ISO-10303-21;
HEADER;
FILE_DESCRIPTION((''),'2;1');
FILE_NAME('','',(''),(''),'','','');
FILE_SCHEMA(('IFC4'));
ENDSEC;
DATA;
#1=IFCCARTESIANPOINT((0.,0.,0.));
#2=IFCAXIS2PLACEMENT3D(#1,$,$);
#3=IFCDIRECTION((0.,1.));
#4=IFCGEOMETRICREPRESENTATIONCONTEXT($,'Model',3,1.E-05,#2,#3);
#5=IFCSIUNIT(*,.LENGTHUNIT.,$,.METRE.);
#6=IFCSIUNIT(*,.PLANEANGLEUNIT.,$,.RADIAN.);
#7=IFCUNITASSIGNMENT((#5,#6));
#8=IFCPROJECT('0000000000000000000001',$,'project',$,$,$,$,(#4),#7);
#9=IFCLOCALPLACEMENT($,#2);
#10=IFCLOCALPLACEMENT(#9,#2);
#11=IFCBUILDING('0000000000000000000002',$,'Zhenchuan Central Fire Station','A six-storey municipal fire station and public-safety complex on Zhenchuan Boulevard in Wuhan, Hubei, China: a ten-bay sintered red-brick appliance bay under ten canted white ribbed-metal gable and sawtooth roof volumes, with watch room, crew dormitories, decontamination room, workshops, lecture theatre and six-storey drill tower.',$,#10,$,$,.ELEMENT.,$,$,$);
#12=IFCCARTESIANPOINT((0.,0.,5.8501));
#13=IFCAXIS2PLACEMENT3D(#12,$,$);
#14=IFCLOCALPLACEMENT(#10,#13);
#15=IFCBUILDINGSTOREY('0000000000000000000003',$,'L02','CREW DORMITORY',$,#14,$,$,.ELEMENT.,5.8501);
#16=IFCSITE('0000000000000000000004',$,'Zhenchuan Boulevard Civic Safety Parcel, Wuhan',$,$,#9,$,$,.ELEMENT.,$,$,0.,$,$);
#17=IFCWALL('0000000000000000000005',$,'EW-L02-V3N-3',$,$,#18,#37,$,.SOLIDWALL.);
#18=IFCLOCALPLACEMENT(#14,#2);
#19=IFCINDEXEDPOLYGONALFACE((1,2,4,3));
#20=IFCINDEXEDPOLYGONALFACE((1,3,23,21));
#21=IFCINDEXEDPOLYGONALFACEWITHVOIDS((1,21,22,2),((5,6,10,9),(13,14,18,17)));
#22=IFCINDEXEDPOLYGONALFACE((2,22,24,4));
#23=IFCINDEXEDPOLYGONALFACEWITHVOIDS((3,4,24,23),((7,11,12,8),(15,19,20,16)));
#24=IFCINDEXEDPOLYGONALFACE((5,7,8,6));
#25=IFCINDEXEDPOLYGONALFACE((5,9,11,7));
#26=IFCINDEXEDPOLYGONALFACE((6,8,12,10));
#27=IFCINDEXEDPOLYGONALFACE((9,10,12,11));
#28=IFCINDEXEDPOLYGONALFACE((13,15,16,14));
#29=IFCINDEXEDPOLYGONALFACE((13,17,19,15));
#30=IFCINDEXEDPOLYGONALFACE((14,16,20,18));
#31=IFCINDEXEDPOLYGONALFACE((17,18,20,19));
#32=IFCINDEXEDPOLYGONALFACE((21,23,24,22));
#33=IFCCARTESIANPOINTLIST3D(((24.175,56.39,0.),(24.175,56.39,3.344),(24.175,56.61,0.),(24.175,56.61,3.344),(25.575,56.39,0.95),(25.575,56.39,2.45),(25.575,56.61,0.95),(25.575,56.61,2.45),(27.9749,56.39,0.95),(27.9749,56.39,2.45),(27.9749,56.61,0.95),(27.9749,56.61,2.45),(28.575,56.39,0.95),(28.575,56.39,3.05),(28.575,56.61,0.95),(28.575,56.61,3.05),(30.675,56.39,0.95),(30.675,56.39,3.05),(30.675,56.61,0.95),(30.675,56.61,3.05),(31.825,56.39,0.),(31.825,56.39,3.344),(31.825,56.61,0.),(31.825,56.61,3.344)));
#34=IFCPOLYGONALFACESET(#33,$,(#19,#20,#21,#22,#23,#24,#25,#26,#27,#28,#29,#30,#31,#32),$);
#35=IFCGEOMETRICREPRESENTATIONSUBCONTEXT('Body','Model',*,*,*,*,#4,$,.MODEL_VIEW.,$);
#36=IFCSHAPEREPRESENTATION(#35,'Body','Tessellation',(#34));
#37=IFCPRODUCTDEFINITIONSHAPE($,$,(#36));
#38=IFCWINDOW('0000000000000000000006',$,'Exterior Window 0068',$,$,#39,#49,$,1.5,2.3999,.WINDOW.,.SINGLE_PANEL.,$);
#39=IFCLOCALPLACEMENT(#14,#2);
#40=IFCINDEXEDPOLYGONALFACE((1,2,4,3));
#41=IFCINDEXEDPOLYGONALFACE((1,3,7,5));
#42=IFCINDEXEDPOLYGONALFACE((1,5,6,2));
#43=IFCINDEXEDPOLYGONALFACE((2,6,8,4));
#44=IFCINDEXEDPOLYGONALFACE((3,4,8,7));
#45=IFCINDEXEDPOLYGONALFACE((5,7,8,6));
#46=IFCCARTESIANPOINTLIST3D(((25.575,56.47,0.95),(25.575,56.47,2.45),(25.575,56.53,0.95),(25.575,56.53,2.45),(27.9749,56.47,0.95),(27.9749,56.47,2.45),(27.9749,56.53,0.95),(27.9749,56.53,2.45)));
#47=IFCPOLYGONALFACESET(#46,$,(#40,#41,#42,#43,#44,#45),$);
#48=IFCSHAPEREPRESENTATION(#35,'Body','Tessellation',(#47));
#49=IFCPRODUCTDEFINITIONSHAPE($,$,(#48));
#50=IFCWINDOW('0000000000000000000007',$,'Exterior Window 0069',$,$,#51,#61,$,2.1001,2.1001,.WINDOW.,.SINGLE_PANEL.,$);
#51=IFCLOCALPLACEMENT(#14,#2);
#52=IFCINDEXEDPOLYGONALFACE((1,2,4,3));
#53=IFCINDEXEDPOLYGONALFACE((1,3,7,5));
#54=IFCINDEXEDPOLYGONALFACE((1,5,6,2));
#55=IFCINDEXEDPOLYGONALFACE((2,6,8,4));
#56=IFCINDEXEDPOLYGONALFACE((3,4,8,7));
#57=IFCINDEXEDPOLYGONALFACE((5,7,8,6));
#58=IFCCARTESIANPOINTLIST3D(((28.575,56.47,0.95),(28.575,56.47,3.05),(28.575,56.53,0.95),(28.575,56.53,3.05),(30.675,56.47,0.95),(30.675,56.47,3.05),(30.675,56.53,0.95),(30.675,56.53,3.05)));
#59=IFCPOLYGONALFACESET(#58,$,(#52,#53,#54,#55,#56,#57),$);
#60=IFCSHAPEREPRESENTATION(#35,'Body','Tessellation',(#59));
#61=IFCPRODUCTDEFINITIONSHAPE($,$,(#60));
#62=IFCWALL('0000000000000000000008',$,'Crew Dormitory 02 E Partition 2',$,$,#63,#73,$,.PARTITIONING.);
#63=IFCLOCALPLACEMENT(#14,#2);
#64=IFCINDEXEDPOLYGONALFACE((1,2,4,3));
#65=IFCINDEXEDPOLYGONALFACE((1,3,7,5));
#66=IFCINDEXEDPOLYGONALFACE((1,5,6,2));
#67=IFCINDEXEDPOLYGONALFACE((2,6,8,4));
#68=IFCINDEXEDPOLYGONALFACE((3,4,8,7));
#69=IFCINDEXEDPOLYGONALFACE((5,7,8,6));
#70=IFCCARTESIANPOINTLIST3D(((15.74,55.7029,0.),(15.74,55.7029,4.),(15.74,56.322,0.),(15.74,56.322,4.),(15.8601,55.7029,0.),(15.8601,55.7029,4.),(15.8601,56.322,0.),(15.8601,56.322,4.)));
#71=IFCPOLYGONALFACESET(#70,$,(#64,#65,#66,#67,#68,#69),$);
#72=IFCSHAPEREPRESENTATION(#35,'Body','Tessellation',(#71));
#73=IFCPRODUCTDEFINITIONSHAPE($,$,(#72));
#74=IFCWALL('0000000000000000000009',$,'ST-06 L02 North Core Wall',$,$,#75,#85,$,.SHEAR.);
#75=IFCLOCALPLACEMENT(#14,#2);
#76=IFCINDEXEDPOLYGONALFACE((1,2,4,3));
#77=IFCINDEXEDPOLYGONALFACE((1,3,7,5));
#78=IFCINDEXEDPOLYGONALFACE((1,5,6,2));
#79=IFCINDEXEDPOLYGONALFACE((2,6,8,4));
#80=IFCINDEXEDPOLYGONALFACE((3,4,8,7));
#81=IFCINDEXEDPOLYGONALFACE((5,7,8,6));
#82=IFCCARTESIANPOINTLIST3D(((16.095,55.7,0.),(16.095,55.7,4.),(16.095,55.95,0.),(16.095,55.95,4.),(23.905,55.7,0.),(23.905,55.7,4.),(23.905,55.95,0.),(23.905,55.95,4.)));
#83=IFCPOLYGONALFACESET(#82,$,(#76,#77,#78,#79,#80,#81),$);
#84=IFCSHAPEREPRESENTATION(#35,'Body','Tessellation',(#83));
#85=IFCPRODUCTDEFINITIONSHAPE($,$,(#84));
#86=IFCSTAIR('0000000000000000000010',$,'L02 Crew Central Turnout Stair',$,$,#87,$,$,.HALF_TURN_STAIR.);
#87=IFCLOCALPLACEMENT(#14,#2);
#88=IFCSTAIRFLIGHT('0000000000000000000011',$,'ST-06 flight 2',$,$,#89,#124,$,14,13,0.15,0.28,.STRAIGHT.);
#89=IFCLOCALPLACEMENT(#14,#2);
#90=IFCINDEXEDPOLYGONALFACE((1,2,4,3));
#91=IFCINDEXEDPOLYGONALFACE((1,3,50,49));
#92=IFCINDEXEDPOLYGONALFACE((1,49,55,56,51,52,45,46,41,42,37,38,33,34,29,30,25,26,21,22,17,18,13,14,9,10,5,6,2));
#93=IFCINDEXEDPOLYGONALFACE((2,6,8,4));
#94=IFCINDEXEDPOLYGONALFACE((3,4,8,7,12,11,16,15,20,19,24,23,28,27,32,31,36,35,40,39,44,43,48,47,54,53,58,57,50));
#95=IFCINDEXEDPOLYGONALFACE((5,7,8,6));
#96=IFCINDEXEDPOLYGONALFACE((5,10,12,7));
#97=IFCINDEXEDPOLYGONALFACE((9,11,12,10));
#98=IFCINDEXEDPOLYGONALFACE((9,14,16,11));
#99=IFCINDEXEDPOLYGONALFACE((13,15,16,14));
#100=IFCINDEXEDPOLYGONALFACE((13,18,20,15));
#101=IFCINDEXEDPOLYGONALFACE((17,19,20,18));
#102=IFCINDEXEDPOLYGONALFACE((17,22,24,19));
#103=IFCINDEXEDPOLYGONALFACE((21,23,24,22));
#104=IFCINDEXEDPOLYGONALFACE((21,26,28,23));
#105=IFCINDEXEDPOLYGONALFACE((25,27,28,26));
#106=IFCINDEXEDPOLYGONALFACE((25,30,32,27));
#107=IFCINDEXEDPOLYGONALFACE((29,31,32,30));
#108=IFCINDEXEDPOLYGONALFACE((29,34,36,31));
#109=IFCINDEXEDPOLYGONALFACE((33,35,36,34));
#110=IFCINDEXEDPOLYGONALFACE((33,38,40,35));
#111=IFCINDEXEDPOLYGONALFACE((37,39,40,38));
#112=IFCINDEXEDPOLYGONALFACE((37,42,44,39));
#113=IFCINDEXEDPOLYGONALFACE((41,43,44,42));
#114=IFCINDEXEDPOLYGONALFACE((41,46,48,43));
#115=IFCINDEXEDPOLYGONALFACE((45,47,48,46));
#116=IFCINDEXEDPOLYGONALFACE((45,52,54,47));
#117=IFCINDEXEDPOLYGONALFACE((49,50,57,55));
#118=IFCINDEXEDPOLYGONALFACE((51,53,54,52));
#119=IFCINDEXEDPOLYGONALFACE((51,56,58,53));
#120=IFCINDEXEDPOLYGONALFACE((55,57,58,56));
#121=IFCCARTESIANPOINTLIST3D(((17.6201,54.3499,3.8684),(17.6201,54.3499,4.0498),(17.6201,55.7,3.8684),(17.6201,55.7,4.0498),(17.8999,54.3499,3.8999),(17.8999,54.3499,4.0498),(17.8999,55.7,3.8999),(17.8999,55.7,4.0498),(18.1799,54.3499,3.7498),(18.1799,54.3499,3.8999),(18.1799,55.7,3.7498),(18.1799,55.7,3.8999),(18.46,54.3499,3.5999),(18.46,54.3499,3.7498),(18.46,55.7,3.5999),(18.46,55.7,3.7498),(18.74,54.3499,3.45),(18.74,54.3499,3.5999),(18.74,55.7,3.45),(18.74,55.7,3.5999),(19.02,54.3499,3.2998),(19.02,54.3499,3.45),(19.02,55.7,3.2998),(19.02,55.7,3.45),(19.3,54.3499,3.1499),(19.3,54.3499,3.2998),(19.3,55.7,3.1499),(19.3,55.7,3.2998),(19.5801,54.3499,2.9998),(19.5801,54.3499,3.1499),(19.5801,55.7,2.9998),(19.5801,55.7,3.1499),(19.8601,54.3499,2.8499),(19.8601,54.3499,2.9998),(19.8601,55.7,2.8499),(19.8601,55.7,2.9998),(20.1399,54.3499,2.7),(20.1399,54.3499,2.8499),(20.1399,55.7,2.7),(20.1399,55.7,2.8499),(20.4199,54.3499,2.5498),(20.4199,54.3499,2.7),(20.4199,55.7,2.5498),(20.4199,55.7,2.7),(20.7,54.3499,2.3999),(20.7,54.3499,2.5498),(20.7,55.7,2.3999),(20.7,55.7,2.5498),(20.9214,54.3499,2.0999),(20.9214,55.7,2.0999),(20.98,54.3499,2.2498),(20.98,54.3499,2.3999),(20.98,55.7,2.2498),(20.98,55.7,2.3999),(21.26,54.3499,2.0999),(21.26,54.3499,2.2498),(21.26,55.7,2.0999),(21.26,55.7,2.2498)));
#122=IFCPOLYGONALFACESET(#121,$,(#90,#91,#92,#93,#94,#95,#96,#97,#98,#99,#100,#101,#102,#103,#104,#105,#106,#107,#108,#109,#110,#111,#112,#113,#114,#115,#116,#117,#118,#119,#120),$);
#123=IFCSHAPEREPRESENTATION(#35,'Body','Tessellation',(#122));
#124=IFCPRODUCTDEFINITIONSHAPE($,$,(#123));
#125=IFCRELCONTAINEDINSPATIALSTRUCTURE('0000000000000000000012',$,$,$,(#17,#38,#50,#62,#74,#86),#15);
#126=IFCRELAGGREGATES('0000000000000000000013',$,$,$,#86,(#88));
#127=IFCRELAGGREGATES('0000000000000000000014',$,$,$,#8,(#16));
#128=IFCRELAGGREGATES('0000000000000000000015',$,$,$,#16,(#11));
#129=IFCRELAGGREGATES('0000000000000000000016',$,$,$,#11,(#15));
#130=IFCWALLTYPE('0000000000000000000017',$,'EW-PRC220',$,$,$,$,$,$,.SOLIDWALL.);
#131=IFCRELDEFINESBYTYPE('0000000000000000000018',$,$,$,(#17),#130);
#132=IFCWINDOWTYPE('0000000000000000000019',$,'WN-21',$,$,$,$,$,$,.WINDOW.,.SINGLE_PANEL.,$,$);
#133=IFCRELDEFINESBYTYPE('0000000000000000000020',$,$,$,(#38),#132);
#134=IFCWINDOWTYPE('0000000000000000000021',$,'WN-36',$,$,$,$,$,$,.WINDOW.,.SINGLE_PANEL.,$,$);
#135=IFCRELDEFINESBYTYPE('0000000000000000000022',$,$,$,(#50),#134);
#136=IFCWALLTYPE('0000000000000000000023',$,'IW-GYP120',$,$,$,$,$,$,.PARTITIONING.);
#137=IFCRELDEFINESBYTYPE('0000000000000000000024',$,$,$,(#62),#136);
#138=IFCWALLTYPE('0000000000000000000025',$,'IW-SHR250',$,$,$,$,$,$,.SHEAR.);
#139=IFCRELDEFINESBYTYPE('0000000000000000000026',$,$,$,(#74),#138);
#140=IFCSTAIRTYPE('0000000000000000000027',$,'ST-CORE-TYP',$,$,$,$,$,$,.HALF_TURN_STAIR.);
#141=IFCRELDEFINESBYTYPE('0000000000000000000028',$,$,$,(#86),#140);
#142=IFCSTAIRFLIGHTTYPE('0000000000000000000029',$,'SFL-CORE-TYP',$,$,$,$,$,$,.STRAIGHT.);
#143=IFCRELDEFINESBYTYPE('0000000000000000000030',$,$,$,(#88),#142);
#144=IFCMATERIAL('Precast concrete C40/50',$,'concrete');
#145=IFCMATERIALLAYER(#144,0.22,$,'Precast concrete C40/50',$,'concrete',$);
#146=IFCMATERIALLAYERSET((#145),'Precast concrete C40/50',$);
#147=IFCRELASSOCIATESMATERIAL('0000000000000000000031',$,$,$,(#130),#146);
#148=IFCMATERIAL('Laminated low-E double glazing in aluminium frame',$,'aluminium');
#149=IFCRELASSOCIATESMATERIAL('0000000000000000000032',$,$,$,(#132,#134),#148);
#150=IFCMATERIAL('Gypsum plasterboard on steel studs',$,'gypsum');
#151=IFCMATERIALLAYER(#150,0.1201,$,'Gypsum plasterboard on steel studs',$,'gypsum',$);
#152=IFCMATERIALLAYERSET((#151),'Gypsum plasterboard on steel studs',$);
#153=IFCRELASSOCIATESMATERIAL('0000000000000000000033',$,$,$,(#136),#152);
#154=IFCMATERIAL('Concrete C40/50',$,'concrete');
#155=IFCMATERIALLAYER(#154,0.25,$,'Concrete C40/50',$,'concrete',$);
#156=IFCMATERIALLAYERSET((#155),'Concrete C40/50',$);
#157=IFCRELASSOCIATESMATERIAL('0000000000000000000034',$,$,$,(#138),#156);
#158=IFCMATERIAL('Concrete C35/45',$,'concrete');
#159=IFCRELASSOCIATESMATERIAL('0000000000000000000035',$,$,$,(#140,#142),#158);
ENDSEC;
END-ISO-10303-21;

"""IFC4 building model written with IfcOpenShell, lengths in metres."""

from ifc_helpers import new_model, si_unit, direction, frame, frame_2d, origin, place, context, subcontext, project, spatial, polyline, rectangle, outline, extrude, material, layer, layer_set, type_object, element, fill, aggregate, save


model = new_model("IFC4")

# Units and contexts
model_context = context("Model", 3, precision=1e-05, world=origin(), true_north=direction((0.0, 1.0)))
body_context = subcontext(model_context, "Body", "Model", "MODEL_VIEW")
ifc_project = project(units=[si_unit("LENGTHUNIT", "METRE"), si_unit("PLANEANGLEUNIT", "RADIAN")], contexts=[model_context])

# Site, building, storey
site_placement = place(None, origin())
site = spatial("IfcSite", under=ifc_project, at=site_placement, Name="Zhenchuan Boulevard Civic Safety Parcel, Wuhan", CompositionType="ELEMENT", RefElevation=0.0)
building_placement = place(site_placement, origin())
building = spatial("IfcBuilding", under=site, at=building_placement, Name="Zhenchuan Central Fire Station", Description="A six-storey municipal fire station and public-safety complex on Zhenchuan Boulevard in Wuhan, Hubei, China: a ten-bay sintered red-brick appliance bay under ten canted white ribbed-metal gable and sawtooth roof volumes, with watch room, crew dormitories, decontamination room, workshops, lecture theatre and six-storey drill tower.", CompositionType="ELEMENT")
storey_placement = place(building_placement, frame((0.0, 0.0, 5.8501)))
storey = spatial("IfcBuildingStorey", under=building, at=storey_placement, Name="L02", Description="CREW DORMITORY", CompositionType="ELEMENT", Elevation=5.8501)

# Wall, openings, windows
ifc_material_1 = material(Name="Precast concrete C40/50", Category="concrete")
ifc_layer_1 = layer(ifc_material_1, 0.22, Name="Precast concrete C40/50", Category="concrete")
ifc_layer_set_1 = layer_set([ifc_layer_1], Name="Precast concrete C40/50")
wall_type_1 = type_object("IfcWallType", Name="EW-PRC220", PredefinedType="SOLIDWALL", material=ifc_layer_set_1)
ifc_material_2 = material(Name="Laminated low-E double glazing in aluminium frame", Category="aluminium")
wall_1_placement = place(storey_placement, frame((24.175, 56.5, 0.0), z_axis=(0.0, 0.0, 1.0), x_axis=(1.0, 0.0, 0.0)))
wall_1 = element("IfcWall", 1, at=wall_1_placement, inside=storey, type_object=wall_type_1, Name="EW-L02-V3N-3", PredefinedType="SOLIDWALL", context=body_context, shape_type="SweptSolid", body=[
    extrude(rectangle(XDim=7.6499, YDim=0.22, at=frame_2d((3.825, 0.0))), origin(), (0.0, 0.0, 1.0), 3.344),
])
opening_1_placement = place(wall_1_placement, frame((1.3999, 0.0, 0.95)))
opening_1 = element("IfcOpeningElement", 2, at=opening_1_placement, cuts=wall_1, PredefinedType="OPENING", context=body_context, shape_type="SweptSolid", body=[
    extrude(rectangle(XDim=2.3999, YDim=1.5, at=frame_2d((1.2, 0.75))), frame((0.0, 0.1199, 0.0), z_axis=(0.0, -1.0, 0.0), x_axis=(1.0, 0.0, 0.0)), (0.0, 0.0, 1.0), 0.24),
])
opening_2_placement = place(wall_1_placement, frame((4.3999, 0.0, 0.95)))
opening_2 = element("IfcOpeningElement", 3, at=opening_2_placement, cuts=wall_1, PredefinedType="OPENING", context=body_context, shape_type="SweptSolid", body=[
    extrude(rectangle(XDim=2.1001, YDim=2.1001, at=frame_2d((1.05, 1.05))), frame((0.0, 0.1199, 0.0), z_axis=(0.0, -1.0, 0.0), x_axis=(1.0, 0.0, 0.0)), (0.0, 0.0, 1.0), 0.24),
])
window_type_1 = type_object("IfcWindowType", Name="WN-21", PartitioningType="SINGLE_PANEL", PredefinedType="WINDOW", material=ifc_material_2)
window_1_placement = place(opening_1_placement, origin())
window_1 = element("IfcWindow", 4, at=window_1_placement, inside=storey, type_object=window_type_1, Name="Exterior Window 0068", OverallHeight=1.5, OverallWidth=2.3999, PartitioningType="SINGLE_PANEL", PredefinedType="WINDOW", context=body_context, shape_type="SweptSolid", body=[
    extrude(rectangle(XDim=2.3999, YDim=1.5, at=frame_2d((1.2, 0.75))), frame((0.0, 0.03, 0.0), z_axis=(0.0, -1.0, 0.0), x_axis=(1.0, 0.0, 0.0)), (0.0, 0.0, 1.0), 0.0601),
])
fill(opening_1, window_1)
window_type_2 = type_object("IfcWindowType", Name="WN-36", PartitioningType="SINGLE_PANEL", PredefinedType="WINDOW", material=ifc_material_2)
window_2_placement = place(opening_2_placement, origin())
window_2 = element("IfcWindow", 5, at=window_2_placement, inside=storey, type_object=window_type_2, Name="Exterior Window 0069", OverallHeight=2.1001, OverallWidth=2.1001, PartitioningType="SINGLE_PANEL", PredefinedType="WINDOW", context=body_context, shape_type="SweptSolid", body=[
    extrude(rectangle(XDim=2.1001, YDim=2.1001, at=frame_2d((1.05, 1.05))), frame((0.0, 0.03, 0.0), z_axis=(0.0, -1.0, 0.0), x_axis=(1.0, 0.0, 0.0)), (0.0, 0.0, 1.0), 0.0601),
])
fill(opening_2, window_2)

# Walls
ifc_material_3 = material(Name="Gypsum plasterboard on steel studs", Category="gypsum")
ifc_layer_2 = layer(ifc_material_3, 0.1201, Name="Gypsum plasterboard on steel studs", Category="gypsum")
ifc_layer_set_2 = layer_set([ifc_layer_2], Name="Gypsum plasterboard on steel studs")
wall_type_2 = type_object("IfcWallType", Name="IW-GYP120", PredefinedType="PARTITIONING", material=ifc_layer_set_2)
wall_2_placement = place(storey_placement, frame((15.8, 55.7029, 0.0), z_axis=(0.0, 0.0, 1.0), x_axis=(0.0, 1.0, 0.0)))
element("IfcWall", 6, at=wall_2_placement, inside=storey, type_object=wall_type_2, Name="Crew Dormitory 02 E Partition 2", PredefinedType="PARTITIONING", context=body_context, shape_type="SweptSolid", body=[
    extrude(rectangle(XDim=0.6191, YDim=0.1201, at=frame_2d((0.3096, 0.0))), origin(), (0.0, 0.0, 1.0), 4.0),
])
ifc_material_4 = material(Name="Concrete C40/50", Category="concrete")
ifc_layer_3 = layer(ifc_material_4, 0.25, Name="Concrete C40/50", Category="concrete")
ifc_layer_set_3 = layer_set([ifc_layer_3], Name="Concrete C40/50")
wall_type_3 = type_object("IfcWallType", Name="IW-SHR250", PredefinedType="SHEAR", material=ifc_layer_set_3)
wall_3_placement = place(storey_placement, frame((16.095, 55.825, 0.0), z_axis=(0.0, 0.0, 1.0), x_axis=(1.0, 0.0, 0.0)))
element("IfcWall", 7, at=wall_3_placement, inside=storey, type_object=wall_type_3, Name="ST-06 L02 North Core Wall", PredefinedType="SHEAR", context=body_context, shape_type="SweptSolid", body=[
    extrude(rectangle(XDim=7.8101, YDim=0.25, at=frame_2d((3.905, 0.0))), origin(), (0.0, 0.0, 1.0), 4.0),
])

# Stair, stair flight
ifc_material_5 = material(Name="Concrete C35/45", Category="concrete")
stair_type = type_object("IfcStairType", Name="ST-CORE-TYP", PredefinedType="HALF_TURN_STAIR", material=ifc_material_5)
stair_placement = place(storey_placement, origin())
stair = element("IfcStair", 8, at=stair_placement, inside=storey, type_object=stair_type, Name="L02 Crew Central Turnout Stair", PredefinedType="HALF_TURN_STAIR")
stair_flight_type = type_object("IfcStairFlightType", Name="SFL-CORE-TYP", PredefinedType="STRAIGHT", material=ifc_material_5)
stair_flight_placement = place(storey_placement, frame((21.26, 55.0249, 2.0999), z_axis=(0.0, 0.0, 1.0), x_axis=(-1.0, 0.0, 0.0)))
stair_flight = element("IfcStairFlight", 9, at=stair_flight_placement, type_object=stair_flight_type, Name="ST-06 flight 2", NumberOfRisers=14, NumberOfTreads=13, PredefinedType="STRAIGHT", RiserHeight=0.15, TreadLength=0.28, context=body_context, shape_type="SweptSolid", body=[
    extrude(outline(polyline([(0.0, 0.0), (0.0, 0.1499), (0.28, 0.1499), (0.28, 0.3), (0.5601, 0.3), (0.5601, 0.45), (0.8401, 0.45), (0.8401, 0.6001), (1.1201, 0.6001), (1.1201, 0.75), (1.3999, 0.75), (1.3999, 0.8999), (1.6799, 0.8999), (1.6799, 1.05), (1.96, 1.05), (1.96, 1.2), (2.24, 1.2), (2.24, 1.3501), (2.52, 1.3501), (2.52, 1.5), (2.8, 1.5), (2.8, 1.6499), (3.0801, 1.6499), (3.0801, 1.8), (3.3601, 1.8), (3.3601, 1.95), (3.6399, 1.95), (3.6399, 2.1001), (3.6399, 1.7686), (0.3386, 0.0), (0.0, 0.0)])), frame((0.0, 0.675, 0.0), z_axis=(0.0, -1.0, 0.0), x_axis=(1.0, 0.0, 0.0)), (0.0, 0.0, 1.0), 1.3501),
])
aggregate(stair, [stair_flight])

save(model, "model.ifc")
